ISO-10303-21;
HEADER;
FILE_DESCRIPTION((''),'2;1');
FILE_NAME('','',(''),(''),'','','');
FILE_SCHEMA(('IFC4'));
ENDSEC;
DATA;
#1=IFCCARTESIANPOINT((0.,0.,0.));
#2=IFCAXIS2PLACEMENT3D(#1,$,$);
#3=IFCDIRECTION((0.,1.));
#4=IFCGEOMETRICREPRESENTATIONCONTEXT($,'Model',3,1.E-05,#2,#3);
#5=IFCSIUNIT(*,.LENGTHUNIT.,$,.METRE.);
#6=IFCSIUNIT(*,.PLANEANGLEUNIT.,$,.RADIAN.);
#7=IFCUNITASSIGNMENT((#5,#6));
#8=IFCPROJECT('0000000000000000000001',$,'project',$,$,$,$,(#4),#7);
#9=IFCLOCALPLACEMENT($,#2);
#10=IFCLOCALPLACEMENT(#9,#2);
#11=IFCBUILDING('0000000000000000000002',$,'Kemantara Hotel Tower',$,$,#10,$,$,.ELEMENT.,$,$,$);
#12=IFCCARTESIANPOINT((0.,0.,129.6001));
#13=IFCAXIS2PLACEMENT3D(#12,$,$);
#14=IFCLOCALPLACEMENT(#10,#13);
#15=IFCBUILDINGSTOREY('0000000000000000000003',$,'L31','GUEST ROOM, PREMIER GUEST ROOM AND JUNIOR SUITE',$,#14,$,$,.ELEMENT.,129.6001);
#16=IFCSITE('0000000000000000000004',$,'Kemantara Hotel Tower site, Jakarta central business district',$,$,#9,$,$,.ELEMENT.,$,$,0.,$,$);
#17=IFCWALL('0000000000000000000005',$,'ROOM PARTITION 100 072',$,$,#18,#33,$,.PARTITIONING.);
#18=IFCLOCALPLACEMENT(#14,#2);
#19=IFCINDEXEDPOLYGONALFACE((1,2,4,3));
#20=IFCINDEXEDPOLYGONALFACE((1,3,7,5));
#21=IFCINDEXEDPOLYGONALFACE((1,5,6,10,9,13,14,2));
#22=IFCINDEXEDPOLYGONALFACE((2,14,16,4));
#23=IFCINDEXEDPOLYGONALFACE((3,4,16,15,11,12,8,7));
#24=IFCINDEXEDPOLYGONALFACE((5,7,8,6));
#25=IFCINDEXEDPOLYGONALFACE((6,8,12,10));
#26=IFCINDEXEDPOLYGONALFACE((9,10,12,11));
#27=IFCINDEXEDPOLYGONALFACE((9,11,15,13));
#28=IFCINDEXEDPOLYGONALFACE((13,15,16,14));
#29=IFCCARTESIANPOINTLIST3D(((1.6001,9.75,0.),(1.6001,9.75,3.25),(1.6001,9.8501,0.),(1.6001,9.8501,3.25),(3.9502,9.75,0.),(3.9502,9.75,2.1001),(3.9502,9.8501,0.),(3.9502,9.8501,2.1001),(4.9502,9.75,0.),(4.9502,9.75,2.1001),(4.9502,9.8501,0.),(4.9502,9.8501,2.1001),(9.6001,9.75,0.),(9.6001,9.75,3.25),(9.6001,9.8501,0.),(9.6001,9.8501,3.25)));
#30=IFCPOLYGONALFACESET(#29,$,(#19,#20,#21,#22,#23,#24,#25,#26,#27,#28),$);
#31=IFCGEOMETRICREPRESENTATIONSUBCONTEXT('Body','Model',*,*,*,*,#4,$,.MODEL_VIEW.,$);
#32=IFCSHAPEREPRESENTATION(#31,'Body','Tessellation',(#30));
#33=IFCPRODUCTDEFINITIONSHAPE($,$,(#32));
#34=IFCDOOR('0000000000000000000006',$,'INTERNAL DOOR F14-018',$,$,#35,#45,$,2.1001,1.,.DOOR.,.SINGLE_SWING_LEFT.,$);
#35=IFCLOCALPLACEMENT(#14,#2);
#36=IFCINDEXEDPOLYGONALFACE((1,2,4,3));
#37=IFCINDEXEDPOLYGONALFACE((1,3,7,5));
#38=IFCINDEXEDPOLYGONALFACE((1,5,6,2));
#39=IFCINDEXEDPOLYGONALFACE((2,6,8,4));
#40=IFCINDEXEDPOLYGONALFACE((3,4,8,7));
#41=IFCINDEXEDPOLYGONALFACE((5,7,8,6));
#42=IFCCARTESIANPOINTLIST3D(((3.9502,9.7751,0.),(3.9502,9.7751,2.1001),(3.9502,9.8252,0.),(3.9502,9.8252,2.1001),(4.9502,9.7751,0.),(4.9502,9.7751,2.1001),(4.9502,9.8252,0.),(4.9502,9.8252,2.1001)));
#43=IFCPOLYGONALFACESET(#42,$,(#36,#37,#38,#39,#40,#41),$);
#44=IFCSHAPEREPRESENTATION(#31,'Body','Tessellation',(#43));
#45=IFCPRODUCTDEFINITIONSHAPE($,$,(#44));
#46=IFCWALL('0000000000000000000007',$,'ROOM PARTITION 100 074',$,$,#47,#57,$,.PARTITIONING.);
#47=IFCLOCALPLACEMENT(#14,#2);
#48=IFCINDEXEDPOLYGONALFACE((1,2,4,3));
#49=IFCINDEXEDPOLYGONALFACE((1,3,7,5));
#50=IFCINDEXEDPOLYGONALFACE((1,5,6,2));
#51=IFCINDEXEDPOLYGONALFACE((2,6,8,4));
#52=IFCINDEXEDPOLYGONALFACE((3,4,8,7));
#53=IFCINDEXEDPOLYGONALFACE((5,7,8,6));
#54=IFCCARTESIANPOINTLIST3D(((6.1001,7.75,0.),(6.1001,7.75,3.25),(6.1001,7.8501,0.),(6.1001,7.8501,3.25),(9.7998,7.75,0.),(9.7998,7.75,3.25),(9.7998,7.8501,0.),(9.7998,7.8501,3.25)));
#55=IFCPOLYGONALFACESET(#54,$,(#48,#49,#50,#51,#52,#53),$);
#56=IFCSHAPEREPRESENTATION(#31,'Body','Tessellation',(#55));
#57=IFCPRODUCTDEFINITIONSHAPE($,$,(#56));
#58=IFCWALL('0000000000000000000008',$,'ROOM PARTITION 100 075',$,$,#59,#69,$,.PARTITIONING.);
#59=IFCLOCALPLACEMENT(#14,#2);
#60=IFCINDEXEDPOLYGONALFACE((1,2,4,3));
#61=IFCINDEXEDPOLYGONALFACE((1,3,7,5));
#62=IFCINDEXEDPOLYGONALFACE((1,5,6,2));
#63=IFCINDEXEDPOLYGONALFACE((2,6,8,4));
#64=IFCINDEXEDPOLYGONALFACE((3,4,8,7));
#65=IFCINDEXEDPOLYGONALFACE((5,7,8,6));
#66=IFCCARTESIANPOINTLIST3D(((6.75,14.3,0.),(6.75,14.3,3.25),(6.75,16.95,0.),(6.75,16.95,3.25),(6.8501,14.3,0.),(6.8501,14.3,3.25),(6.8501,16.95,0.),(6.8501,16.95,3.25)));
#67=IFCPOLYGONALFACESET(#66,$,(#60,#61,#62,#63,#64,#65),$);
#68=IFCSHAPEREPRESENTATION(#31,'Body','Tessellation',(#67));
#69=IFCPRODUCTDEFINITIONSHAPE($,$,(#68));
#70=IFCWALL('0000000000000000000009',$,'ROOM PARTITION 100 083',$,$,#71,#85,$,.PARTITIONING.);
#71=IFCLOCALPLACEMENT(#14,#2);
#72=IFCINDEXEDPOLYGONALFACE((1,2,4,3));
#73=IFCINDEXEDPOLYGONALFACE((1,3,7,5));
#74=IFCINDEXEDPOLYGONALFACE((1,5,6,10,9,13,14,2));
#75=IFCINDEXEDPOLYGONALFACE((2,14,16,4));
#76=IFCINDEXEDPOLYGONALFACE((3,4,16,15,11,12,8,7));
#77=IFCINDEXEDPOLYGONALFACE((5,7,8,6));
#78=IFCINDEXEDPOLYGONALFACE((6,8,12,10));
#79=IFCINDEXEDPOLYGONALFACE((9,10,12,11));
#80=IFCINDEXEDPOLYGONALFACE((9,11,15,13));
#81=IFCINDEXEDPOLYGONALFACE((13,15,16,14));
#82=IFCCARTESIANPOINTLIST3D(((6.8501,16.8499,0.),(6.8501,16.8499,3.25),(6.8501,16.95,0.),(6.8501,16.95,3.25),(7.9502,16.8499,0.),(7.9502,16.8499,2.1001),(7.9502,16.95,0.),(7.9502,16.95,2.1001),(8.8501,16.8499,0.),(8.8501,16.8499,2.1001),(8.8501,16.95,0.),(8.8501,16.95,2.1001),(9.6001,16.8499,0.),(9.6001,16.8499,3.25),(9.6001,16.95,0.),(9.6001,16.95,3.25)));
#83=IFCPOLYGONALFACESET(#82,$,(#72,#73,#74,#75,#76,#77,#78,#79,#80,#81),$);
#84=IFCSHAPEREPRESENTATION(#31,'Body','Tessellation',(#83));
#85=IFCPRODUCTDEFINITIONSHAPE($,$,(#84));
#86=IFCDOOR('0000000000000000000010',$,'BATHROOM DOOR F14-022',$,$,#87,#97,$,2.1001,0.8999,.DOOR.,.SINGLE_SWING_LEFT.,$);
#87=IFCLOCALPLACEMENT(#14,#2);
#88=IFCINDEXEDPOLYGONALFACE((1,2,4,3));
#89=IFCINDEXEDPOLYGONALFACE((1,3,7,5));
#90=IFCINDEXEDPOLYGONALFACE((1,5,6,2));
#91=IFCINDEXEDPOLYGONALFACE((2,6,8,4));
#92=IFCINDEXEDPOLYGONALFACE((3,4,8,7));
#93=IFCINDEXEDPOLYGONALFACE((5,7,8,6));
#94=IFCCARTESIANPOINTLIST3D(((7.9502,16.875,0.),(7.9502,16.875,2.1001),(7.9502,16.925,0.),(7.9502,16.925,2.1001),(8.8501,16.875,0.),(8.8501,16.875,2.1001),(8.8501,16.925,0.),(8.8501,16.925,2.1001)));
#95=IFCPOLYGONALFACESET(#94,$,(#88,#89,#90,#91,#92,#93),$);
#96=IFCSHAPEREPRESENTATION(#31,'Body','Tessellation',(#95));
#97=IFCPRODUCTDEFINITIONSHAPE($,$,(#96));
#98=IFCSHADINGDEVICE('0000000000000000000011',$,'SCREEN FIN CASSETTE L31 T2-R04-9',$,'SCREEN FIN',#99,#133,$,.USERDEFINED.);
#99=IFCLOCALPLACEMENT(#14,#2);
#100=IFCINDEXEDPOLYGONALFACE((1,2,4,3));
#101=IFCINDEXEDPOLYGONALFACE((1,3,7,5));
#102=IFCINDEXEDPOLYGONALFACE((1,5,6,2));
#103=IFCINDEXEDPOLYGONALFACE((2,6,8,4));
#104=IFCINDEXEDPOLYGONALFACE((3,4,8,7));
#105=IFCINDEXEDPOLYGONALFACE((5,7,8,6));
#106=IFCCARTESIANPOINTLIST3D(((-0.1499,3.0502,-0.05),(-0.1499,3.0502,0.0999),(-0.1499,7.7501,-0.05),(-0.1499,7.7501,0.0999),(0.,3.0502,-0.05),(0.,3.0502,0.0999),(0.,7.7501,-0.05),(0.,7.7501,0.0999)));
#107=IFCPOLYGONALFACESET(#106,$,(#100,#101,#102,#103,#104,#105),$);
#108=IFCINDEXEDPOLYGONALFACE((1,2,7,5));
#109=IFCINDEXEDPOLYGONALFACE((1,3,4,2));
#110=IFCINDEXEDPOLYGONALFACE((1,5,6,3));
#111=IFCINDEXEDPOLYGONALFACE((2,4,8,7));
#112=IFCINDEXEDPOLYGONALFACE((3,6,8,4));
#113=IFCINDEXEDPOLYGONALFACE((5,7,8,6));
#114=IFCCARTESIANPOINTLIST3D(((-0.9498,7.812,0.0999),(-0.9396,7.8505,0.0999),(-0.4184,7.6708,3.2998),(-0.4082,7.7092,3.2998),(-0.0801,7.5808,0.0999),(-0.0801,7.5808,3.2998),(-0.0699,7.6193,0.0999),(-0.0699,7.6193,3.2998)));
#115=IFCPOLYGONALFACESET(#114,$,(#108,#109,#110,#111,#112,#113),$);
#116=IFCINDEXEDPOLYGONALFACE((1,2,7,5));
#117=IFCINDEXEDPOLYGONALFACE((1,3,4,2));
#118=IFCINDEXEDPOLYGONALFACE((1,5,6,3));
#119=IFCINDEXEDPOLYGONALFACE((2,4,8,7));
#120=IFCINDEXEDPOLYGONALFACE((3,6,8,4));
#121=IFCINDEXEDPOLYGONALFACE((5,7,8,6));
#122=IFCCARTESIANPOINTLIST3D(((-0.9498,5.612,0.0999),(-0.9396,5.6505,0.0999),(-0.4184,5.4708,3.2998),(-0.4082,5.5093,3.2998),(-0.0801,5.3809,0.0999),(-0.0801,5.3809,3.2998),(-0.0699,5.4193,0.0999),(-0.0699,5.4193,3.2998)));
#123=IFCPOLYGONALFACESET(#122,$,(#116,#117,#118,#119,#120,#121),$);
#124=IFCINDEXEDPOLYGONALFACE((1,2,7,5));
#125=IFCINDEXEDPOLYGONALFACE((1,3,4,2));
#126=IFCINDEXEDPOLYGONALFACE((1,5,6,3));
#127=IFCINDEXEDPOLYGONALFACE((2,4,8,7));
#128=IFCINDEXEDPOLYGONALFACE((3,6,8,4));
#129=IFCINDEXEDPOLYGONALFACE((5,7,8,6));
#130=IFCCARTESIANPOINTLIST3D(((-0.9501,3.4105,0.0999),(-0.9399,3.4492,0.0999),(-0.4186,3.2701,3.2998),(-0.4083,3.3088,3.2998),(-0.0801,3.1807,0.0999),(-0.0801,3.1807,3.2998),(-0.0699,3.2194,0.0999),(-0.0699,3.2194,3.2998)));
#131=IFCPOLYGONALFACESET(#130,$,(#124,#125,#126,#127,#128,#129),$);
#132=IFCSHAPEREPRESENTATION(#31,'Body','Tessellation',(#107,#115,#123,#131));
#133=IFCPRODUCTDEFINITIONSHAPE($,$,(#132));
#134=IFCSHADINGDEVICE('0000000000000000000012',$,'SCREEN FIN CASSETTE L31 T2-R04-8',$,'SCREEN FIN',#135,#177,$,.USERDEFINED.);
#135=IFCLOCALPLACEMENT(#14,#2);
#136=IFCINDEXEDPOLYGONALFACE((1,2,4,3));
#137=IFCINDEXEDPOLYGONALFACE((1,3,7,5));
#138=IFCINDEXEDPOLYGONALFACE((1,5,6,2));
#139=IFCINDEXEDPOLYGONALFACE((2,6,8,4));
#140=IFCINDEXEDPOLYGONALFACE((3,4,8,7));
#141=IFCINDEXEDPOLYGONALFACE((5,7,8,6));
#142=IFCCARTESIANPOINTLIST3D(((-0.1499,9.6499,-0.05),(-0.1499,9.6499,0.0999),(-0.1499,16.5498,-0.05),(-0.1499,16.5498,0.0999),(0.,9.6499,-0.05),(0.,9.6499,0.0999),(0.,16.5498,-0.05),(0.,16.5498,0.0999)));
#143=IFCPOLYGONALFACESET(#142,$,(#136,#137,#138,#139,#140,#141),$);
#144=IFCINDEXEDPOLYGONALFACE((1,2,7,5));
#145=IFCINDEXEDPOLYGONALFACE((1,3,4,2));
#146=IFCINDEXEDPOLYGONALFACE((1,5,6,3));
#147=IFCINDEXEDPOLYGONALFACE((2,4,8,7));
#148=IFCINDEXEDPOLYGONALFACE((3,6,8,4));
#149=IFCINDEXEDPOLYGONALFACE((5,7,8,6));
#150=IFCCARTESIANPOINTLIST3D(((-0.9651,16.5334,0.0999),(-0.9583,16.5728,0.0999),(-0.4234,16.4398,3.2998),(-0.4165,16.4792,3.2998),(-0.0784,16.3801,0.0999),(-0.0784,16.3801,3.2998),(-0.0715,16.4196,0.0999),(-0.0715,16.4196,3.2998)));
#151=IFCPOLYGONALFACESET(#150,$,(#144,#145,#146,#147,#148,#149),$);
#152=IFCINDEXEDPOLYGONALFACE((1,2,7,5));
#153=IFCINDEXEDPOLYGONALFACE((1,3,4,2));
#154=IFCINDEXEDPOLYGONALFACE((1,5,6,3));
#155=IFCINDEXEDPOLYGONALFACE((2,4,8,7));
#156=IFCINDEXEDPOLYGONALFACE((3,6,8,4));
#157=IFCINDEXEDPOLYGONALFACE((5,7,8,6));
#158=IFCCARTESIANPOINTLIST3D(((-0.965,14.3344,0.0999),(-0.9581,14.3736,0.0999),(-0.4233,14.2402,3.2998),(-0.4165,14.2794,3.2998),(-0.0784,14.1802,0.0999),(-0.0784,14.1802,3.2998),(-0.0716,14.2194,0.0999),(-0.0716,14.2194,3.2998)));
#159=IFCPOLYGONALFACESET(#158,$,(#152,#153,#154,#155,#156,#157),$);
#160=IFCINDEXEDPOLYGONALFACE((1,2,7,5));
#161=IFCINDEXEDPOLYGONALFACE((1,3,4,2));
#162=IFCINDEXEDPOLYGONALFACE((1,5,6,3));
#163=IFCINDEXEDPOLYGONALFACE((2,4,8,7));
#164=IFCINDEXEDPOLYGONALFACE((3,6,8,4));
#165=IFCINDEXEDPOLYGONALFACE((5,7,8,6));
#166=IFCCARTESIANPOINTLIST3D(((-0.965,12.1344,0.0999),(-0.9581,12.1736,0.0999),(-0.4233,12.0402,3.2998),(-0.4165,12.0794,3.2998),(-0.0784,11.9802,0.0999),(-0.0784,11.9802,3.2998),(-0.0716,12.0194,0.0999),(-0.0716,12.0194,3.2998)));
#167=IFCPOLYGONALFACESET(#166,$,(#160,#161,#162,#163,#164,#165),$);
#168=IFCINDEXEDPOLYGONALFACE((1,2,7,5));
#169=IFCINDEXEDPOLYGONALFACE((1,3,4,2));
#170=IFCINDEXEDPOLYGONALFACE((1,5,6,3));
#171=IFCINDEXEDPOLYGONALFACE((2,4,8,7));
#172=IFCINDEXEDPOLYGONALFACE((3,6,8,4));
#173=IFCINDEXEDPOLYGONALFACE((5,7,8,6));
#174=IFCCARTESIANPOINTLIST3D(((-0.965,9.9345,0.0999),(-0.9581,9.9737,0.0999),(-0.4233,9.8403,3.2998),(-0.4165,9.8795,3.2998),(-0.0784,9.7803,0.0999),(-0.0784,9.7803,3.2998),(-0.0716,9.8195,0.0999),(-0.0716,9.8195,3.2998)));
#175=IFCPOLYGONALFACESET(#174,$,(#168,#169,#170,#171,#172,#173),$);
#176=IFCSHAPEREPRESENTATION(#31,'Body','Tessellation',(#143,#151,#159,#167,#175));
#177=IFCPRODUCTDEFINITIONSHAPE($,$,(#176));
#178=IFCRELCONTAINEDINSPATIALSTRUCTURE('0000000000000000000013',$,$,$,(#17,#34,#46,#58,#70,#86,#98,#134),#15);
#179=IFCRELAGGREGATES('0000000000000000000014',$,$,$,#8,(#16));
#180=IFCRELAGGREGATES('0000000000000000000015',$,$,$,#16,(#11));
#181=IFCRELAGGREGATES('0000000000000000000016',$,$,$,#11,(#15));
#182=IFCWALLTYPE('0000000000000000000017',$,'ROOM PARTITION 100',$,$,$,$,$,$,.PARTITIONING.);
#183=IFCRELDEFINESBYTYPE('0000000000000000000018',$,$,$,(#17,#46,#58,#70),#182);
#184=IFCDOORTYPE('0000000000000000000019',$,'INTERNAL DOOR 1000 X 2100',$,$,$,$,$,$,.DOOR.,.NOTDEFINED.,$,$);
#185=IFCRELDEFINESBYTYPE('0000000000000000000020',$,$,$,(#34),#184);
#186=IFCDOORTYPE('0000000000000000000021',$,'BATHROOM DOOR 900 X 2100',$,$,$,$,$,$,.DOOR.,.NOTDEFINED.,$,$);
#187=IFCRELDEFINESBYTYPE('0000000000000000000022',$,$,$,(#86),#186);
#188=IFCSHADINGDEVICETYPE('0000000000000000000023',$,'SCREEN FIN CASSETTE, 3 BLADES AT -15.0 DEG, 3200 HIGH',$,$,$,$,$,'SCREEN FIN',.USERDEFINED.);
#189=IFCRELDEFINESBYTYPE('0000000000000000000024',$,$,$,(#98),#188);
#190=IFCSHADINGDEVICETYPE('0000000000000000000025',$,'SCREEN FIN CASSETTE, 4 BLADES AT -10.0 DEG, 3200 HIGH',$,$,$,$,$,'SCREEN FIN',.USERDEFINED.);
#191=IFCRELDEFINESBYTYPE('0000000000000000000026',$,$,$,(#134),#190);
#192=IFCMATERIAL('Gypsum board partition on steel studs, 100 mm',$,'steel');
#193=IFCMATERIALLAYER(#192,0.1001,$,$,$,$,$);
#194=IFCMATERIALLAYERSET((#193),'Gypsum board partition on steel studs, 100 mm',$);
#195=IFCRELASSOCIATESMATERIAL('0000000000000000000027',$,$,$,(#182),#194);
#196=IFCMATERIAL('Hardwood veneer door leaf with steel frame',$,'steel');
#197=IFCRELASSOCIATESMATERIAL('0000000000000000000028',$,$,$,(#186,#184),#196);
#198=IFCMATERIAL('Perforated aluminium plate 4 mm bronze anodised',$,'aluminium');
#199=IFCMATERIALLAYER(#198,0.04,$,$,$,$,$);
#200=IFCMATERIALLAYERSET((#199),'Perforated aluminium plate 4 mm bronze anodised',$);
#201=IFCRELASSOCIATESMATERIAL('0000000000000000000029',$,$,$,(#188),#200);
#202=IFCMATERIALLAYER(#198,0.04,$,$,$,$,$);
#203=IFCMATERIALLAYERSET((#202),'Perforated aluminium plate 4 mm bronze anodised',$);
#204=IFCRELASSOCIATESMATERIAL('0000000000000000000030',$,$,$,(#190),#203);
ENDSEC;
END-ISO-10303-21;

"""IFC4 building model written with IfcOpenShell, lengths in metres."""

from ifc_helpers import new_model, si_unit, direction, frame, frame_2d, origin, origin_2d, place, context, subcontext, project, spatial, polyline, rectangle, outline, extrude, source, transform, mapped, material, layer, layer_set, type_object, element, fill, save


model = new_model("IFC4")

# Units and contexts
model_context = context("Model", 3, precision=1e-05, world=origin(), true_north=direction((0.0, 1.0)))
body_context = subcontext(model_context, "Body", "Model", "MODEL_VIEW")
ifc_project = project(units=[si_unit("LENGTHUNIT", "METRE"), si_unit("PLANEANGLEUNIT", "RADIAN")], contexts=[model_context])

# Site, building, storey
site_placement = place(None, origin())
site = spatial("IfcSite", under=ifc_project, at=site_placement, Name="Kemantara Hotel Tower site, Jakarta central business district", CompositionType="ELEMENT", RefElevation=0.0)
building_placement = place(site_placement, origin())
building = spatial("IfcBuilding", under=site, at=building_placement, Name="Kemantara Hotel Tower", CompositionType="ELEMENT")
storey_placement = place(building_placement, frame((0.0, 0.0, 129.6001)))
storey = spatial("IfcBuildingStorey", under=building, at=storey_placement, Name="L31", Description="GUEST ROOM, PREMIER GUEST ROOM AND JUNIOR SUITE", CompositionType="ELEMENT", Elevation=129.6001)

# Shared definitions
ifc_material_1 = material(Name="Hardwood veneer door leaf with steel frame", Category="steel")

# Shared definitions
ifc_material_2 = material(Name="Gypsum board partition on steel studs, 100 mm", Category="steel")
ifc_layer_1 = layer(ifc_material_2, 0.1001)
ifc_layer_set_1 = layer_set([ifc_layer_1], Name="Gypsum board partition on steel studs, 100 mm")
wall_type_1 = type_object("IfcWallType", Name="ROOM PARTITION 100", PredefinedType="PARTITIONING", material=ifc_layer_set_1)
door_type_1 = type_object("IfcDoorType", Name="BATHROOM DOOR 900 X 2100", OperationType="NOTDEFINED", PredefinedType="DOOR", material=ifc_material_1)

# Wall, opening, door
wall_1_placement = place(storey_placement, frame((9.6001, 9.8, 0.0), z_axis=(0.0, 0.0, 1.0), x_axis=(-1.0, 0.0, 0.0)))
wall_1 = element("IfcWall", 1, at=wall_1_placement, inside=storey, type_object=wall_type_1, Name="ROOM PARTITION 100 072", PredefinedType="PARTITIONING", context=body_context, shape_type="SweptSolid", body=[
    extrude(rectangle(XDim=8.0, YDim=0.1001, at=frame_2d((4.0, 0.0))), origin(), (0.0, 0.0, 1.0), 3.25),
])
opening_1_placement = place(wall_1_placement, frame((4.6499, 0.0, 0.0)))
opening_1 = element("IfcOpeningElement", 2, at=opening_1_placement, cuts=wall_1, PredefinedType="OPENING", context=body_context, shape_type="SweptSolid", body=[
    extrude(rectangle(XDim=1.0, YDim=2.1001, at=frame_2d((0.5, 1.05))), frame((0.0, 0.0601, 0.0), z_axis=(0.0, -1.0, 0.0), x_axis=(1.0, 0.0, 0.0)), (0.0, 0.0, 1.0), 0.1201),
])
door_type_2 = type_object("IfcDoorType", Name="INTERNAL DOOR 1000 X 2100", OperationType="NOTDEFINED", PredefinedType="DOOR", material=ifc_material_1)
door_1_placement = place(opening_1_placement, origin())
door_1 = element("IfcDoor", 3, at=door_1_placement, inside=storey, type_object=door_type_2, Name="INTERNAL DOOR F14-018", OperationType="SINGLE_SWING_LEFT", OverallHeight=2.1001, OverallWidth=1.0, PredefinedType="DOOR", context=body_context, shape_type="SweptSolid", body=[
    extrude(rectangle(XDim=1.0, YDim=2.1001, at=frame_2d((0.5, 1.05))), frame((0.0, 0.0249, 0.0), z_axis=(0.0, -1.0, 0.0), x_axis=(1.0, 0.0, 0.0)), (0.0, 0.0, 1.0), 0.05),
])
fill(opening_1, door_1)

# Walls
wall_2_placement = place(storey_placement, frame((6.1001, 7.8, 0.0), z_axis=(0.0, 0.0, 1.0), x_axis=(1.0, 0.0, 0.0)))
element("IfcWall", 4, at=wall_2_placement, inside=storey, type_object=wall_type_1, Name="ROOM PARTITION 100 074", PredefinedType="PARTITIONING", context=body_context, shape_type="SweptSolid", body=[
    extrude(rectangle(XDim=3.6997, YDim=0.1001, at=frame_2d((1.8499, 0.0))), origin(), (0.0, 0.0, 1.0), 3.25),
])
wall_3_placement = place(storey_placement, frame((6.8, 14.3, 0.0), z_axis=(0.0, 0.0, 1.0), x_axis=(0.0, 1.0, 0.0)))
element("IfcWall", 5, at=wall_3_placement, inside=storey, type_object=wall_type_1, Name="ROOM PARTITION 100 075", PredefinedType="PARTITIONING", context=body_context, shape_type="SweptSolid", body=[
    extrude(rectangle(XDim=2.6499, YDim=0.1001, at=frame_2d((1.325, 0.0))), origin(), (0.0, 0.0, 1.0), 3.25),
])

# Wall, opening, door
wall_4_placement = place(storey_placement, frame((9.6001, 16.8999, 0.0), z_axis=(0.0, 0.0, 1.0), x_axis=(-1.0, 0.0, 0.0)))
wall_4 = element("IfcWall", 6, at=wall_4_placement, inside=storey, type_object=wall_type_1, Name="ROOM PARTITION 100 083", PredefinedType="PARTITIONING", context=body_context, shape_type="SweptSolid", body=[
    extrude(rectangle(XDim=2.75, YDim=0.1001, at=frame_2d((1.375, 0.0))), origin(), (0.0, 0.0, 1.0), 3.25),
])
opening_2_placement = place(wall_4_placement, frame((0.75, 0.0, 0.0)))
opening_2 = element("IfcOpeningElement", 7, at=opening_2_placement, cuts=wall_4, PredefinedType="OPENING", context=body_context, shape_type="SweptSolid", body=[
    extrude(rectangle(XDim=0.8999, YDim=2.1001, at=frame_2d((0.45, 1.05))), frame((0.0, 0.0601, 0.0), z_axis=(0.0, -1.0, 0.0), x_axis=(1.0, 0.0, 0.0)), (0.0, 0.0, 1.0), 0.1201),
])
door_2_placement = place(opening_2_placement, origin())
door_2 = element("IfcDoor", 8, at=door_2_placement, inside=storey, type_object=door_type_1, Name="BATHROOM DOOR F14-022", OperationType="SINGLE_SWING_LEFT", OverallHeight=2.1001, OverallWidth=0.8999, PredefinedType="DOOR", context=body_context, shape_type="SweptSolid", body=[
    extrude(rectangle(XDim=0.8999, YDim=2.1001, at=frame_2d((0.45, 1.05))), frame((0.0, 0.0249, 0.0), z_axis=(0.0, -1.0, 0.0), x_axis=(1.0, 0.0, 0.0)), (0.0, 0.0, 1.0), 0.05),
])
fill(opening_2, door_2)

# Shading devices
ifc_material_3 = material(Name="Perforated aluminium plate 4 mm bronze anodised", Category="aluminium")
ifc_layer_2 = layer(ifc_material_3, 0.04)
ifc_layer_set_2 = layer_set([ifc_layer_2], Name="Perforated aluminium plate 4 mm bronze anodised")
shading_device_type_1 = type_object("IfcShadingDeviceType", Name="SCREEN FIN CASSETTE, 3 BLADES AT -15.0 DEG, 3200 HIGH", ElementType="SCREEN FIN", PredefinedType="USERDEFINED", material=ifc_layer_set_2)
shared_shape_1 = source(origin(), body_context, "Body", "SweptSolid", [
    extrude(rectangle(XDim=4.7, YDim=0.1499, at=origin_2d()), frame((2.2, -0.075, -0.1499), z_axis=(0.0, 0.0, 1.0), x_axis=(1.0, 0.0, 0.0)), (0.0, 0.0, 1.0), 0.1499),
    extrude(outline(polyline([(0.0, 0.0), (0.8999, 0.0), (0.3501, 3.2), (0.0, 3.2), (0.0, 0.0)])), frame((0.0193, -0.0801, 0.0), z_axis=(-0.966438, 0.256901, 0.0), x_axis=(-0.256901, -0.966438, 0.0)), (0.0, 0.0, 1.0), 0.0398),
    extrude(outline(polyline([(0.0, 0.0), (0.8999, 0.0), (0.3501, 3.2), (0.0, 3.2), (0.0, 0.0)])), frame((2.2192, -0.0801, 0.0), z_axis=(-0.966438, 0.256901, 0.0), x_axis=(-0.256901, -0.966438, 0.0)), (0.0, 0.0, 1.0), 0.0398),
    extrude(outline(polyline([(0.0, 0.0), (0.8999, 0.0), (0.3501, 3.2), (0.0, 3.2), (0.0, 0.0)])), frame((4.4194, -0.0801, 0.0), z_axis=(-0.966838, 0.255391, 0.0), x_axis=(-0.255391, -0.966838, 0.0)), (0.0, 0.0, 1.0), 0.04),
])
shading_device_1_placement = place(storey_placement, frame((0.0, 7.6001, 0.0999), z_axis=(0.0, 0.0, 1.0), x_axis=(0.0, -1.0, 0.0)))
element("IfcShadingDevice", 9, at=shading_device_1_placement, inside=storey, type_object=shading_device_type_1, Name="SCREEN FIN CASSETTE L31 T2-R04-9", ObjectType="SCREEN FIN", PredefinedType="USERDEFINED", context=body_context, shape_type="MappedRepresentation", body=[
    mapped(shared_shape_1, transform((0.0, 0.0, 0.0))),
])
ifc_layer_3 = layer(ifc_material_3, 0.04)
ifc_layer_set_3 = layer_set([ifc_layer_3], Name="Perforated aluminium plate 4 mm bronze anodised")
shading_device_type_2 = type_object("IfcShadingDeviceType", Name="SCREEN FIN CASSETTE, 4 BLADES AT -10.0 DEG, 3200 HIGH", ElementType="SCREEN FIN", PredefinedType="USERDEFINED", material=ifc_layer_set_3)
shared_shape_2 = source(origin(), body_context, "Body", "SweptSolid", [
    extrude(rectangle(XDim=6.8999, YDim=0.1499, at=origin_2d()), frame((3.3, -0.075, -0.1499), z_axis=(0.0, 0.0, 1.0), x_axis=(1.0, 0.0, 0.0)), (0.0, 0.0, 1.0), 0.1499),
    extrude(outline(polyline([(0.0, 0.0), (0.8999, 0.0), (0.3501, 3.2), (0.0, 3.2), (0.0, 0.0)])), frame((0.0198, -0.0784, 0.0), z_axis=(-0.98539, 0.170314, 0.0), x_axis=(-0.170314, -0.98539, 0.0)), (0.0, 0.0, 1.0), 0.04),
    extrude(outline(polyline([(0.0, 0.0), (0.8999, 0.0), (0.3501, 3.2), (0.0, 3.2), (0.0, 0.0)])), frame((2.2197, -0.0784, 0.0), z_axis=(-0.985212, 0.171341, 0.0), x_axis=(-0.171341, -0.985212, 0.0)), (0.0, 0.0, 1.0), 0.0398),
    extrude(outline(polyline([(0.0, 0.0), (0.8999, 0.0), (0.3501, 3.2), (0.0, 3.2), (0.0, 0.0)])), frame((4.4197, -0.0784, 0.0), z_axis=(-0.985212, 0.171341, 0.0), x_axis=(-0.171341, -0.985212, 0.0)), (0.0, 0.0, 1.0), 0.0398),
    extrude(outline(polyline([(0.0, 0.0), (0.8999, 0.0), (0.3501, 3.2), (0.0, 3.2), (0.0, 0.0)])), frame((6.6196, -0.0784, 0.0), z_axis=(-0.985212, 0.171341, 0.0), x_axis=(-0.171341, -0.985212, 0.0)), (0.0, 0.0, 1.0), 0.0398),
])
shading_device_2_placement = place(storey_placement, frame((0.0, 16.3999, 0.0999), z_axis=(0.0, 0.0, 1.0), x_axis=(0.0, -1.0, 0.0)))
element("IfcShadingDevice", 10, at=shading_device_2_placement, inside=storey, type_object=shading_device_type_2, Name="SCREEN FIN CASSETTE L31 T2-R04-8", ObjectType="SCREEN FIN", PredefinedType="USERDEFINED", context=body_context, shape_type="MappedRepresentation", body=[
    mapped(shared_shape_2, transform((0.0, 0.0, 0.0))),
])

save(model, "model.ifc")
